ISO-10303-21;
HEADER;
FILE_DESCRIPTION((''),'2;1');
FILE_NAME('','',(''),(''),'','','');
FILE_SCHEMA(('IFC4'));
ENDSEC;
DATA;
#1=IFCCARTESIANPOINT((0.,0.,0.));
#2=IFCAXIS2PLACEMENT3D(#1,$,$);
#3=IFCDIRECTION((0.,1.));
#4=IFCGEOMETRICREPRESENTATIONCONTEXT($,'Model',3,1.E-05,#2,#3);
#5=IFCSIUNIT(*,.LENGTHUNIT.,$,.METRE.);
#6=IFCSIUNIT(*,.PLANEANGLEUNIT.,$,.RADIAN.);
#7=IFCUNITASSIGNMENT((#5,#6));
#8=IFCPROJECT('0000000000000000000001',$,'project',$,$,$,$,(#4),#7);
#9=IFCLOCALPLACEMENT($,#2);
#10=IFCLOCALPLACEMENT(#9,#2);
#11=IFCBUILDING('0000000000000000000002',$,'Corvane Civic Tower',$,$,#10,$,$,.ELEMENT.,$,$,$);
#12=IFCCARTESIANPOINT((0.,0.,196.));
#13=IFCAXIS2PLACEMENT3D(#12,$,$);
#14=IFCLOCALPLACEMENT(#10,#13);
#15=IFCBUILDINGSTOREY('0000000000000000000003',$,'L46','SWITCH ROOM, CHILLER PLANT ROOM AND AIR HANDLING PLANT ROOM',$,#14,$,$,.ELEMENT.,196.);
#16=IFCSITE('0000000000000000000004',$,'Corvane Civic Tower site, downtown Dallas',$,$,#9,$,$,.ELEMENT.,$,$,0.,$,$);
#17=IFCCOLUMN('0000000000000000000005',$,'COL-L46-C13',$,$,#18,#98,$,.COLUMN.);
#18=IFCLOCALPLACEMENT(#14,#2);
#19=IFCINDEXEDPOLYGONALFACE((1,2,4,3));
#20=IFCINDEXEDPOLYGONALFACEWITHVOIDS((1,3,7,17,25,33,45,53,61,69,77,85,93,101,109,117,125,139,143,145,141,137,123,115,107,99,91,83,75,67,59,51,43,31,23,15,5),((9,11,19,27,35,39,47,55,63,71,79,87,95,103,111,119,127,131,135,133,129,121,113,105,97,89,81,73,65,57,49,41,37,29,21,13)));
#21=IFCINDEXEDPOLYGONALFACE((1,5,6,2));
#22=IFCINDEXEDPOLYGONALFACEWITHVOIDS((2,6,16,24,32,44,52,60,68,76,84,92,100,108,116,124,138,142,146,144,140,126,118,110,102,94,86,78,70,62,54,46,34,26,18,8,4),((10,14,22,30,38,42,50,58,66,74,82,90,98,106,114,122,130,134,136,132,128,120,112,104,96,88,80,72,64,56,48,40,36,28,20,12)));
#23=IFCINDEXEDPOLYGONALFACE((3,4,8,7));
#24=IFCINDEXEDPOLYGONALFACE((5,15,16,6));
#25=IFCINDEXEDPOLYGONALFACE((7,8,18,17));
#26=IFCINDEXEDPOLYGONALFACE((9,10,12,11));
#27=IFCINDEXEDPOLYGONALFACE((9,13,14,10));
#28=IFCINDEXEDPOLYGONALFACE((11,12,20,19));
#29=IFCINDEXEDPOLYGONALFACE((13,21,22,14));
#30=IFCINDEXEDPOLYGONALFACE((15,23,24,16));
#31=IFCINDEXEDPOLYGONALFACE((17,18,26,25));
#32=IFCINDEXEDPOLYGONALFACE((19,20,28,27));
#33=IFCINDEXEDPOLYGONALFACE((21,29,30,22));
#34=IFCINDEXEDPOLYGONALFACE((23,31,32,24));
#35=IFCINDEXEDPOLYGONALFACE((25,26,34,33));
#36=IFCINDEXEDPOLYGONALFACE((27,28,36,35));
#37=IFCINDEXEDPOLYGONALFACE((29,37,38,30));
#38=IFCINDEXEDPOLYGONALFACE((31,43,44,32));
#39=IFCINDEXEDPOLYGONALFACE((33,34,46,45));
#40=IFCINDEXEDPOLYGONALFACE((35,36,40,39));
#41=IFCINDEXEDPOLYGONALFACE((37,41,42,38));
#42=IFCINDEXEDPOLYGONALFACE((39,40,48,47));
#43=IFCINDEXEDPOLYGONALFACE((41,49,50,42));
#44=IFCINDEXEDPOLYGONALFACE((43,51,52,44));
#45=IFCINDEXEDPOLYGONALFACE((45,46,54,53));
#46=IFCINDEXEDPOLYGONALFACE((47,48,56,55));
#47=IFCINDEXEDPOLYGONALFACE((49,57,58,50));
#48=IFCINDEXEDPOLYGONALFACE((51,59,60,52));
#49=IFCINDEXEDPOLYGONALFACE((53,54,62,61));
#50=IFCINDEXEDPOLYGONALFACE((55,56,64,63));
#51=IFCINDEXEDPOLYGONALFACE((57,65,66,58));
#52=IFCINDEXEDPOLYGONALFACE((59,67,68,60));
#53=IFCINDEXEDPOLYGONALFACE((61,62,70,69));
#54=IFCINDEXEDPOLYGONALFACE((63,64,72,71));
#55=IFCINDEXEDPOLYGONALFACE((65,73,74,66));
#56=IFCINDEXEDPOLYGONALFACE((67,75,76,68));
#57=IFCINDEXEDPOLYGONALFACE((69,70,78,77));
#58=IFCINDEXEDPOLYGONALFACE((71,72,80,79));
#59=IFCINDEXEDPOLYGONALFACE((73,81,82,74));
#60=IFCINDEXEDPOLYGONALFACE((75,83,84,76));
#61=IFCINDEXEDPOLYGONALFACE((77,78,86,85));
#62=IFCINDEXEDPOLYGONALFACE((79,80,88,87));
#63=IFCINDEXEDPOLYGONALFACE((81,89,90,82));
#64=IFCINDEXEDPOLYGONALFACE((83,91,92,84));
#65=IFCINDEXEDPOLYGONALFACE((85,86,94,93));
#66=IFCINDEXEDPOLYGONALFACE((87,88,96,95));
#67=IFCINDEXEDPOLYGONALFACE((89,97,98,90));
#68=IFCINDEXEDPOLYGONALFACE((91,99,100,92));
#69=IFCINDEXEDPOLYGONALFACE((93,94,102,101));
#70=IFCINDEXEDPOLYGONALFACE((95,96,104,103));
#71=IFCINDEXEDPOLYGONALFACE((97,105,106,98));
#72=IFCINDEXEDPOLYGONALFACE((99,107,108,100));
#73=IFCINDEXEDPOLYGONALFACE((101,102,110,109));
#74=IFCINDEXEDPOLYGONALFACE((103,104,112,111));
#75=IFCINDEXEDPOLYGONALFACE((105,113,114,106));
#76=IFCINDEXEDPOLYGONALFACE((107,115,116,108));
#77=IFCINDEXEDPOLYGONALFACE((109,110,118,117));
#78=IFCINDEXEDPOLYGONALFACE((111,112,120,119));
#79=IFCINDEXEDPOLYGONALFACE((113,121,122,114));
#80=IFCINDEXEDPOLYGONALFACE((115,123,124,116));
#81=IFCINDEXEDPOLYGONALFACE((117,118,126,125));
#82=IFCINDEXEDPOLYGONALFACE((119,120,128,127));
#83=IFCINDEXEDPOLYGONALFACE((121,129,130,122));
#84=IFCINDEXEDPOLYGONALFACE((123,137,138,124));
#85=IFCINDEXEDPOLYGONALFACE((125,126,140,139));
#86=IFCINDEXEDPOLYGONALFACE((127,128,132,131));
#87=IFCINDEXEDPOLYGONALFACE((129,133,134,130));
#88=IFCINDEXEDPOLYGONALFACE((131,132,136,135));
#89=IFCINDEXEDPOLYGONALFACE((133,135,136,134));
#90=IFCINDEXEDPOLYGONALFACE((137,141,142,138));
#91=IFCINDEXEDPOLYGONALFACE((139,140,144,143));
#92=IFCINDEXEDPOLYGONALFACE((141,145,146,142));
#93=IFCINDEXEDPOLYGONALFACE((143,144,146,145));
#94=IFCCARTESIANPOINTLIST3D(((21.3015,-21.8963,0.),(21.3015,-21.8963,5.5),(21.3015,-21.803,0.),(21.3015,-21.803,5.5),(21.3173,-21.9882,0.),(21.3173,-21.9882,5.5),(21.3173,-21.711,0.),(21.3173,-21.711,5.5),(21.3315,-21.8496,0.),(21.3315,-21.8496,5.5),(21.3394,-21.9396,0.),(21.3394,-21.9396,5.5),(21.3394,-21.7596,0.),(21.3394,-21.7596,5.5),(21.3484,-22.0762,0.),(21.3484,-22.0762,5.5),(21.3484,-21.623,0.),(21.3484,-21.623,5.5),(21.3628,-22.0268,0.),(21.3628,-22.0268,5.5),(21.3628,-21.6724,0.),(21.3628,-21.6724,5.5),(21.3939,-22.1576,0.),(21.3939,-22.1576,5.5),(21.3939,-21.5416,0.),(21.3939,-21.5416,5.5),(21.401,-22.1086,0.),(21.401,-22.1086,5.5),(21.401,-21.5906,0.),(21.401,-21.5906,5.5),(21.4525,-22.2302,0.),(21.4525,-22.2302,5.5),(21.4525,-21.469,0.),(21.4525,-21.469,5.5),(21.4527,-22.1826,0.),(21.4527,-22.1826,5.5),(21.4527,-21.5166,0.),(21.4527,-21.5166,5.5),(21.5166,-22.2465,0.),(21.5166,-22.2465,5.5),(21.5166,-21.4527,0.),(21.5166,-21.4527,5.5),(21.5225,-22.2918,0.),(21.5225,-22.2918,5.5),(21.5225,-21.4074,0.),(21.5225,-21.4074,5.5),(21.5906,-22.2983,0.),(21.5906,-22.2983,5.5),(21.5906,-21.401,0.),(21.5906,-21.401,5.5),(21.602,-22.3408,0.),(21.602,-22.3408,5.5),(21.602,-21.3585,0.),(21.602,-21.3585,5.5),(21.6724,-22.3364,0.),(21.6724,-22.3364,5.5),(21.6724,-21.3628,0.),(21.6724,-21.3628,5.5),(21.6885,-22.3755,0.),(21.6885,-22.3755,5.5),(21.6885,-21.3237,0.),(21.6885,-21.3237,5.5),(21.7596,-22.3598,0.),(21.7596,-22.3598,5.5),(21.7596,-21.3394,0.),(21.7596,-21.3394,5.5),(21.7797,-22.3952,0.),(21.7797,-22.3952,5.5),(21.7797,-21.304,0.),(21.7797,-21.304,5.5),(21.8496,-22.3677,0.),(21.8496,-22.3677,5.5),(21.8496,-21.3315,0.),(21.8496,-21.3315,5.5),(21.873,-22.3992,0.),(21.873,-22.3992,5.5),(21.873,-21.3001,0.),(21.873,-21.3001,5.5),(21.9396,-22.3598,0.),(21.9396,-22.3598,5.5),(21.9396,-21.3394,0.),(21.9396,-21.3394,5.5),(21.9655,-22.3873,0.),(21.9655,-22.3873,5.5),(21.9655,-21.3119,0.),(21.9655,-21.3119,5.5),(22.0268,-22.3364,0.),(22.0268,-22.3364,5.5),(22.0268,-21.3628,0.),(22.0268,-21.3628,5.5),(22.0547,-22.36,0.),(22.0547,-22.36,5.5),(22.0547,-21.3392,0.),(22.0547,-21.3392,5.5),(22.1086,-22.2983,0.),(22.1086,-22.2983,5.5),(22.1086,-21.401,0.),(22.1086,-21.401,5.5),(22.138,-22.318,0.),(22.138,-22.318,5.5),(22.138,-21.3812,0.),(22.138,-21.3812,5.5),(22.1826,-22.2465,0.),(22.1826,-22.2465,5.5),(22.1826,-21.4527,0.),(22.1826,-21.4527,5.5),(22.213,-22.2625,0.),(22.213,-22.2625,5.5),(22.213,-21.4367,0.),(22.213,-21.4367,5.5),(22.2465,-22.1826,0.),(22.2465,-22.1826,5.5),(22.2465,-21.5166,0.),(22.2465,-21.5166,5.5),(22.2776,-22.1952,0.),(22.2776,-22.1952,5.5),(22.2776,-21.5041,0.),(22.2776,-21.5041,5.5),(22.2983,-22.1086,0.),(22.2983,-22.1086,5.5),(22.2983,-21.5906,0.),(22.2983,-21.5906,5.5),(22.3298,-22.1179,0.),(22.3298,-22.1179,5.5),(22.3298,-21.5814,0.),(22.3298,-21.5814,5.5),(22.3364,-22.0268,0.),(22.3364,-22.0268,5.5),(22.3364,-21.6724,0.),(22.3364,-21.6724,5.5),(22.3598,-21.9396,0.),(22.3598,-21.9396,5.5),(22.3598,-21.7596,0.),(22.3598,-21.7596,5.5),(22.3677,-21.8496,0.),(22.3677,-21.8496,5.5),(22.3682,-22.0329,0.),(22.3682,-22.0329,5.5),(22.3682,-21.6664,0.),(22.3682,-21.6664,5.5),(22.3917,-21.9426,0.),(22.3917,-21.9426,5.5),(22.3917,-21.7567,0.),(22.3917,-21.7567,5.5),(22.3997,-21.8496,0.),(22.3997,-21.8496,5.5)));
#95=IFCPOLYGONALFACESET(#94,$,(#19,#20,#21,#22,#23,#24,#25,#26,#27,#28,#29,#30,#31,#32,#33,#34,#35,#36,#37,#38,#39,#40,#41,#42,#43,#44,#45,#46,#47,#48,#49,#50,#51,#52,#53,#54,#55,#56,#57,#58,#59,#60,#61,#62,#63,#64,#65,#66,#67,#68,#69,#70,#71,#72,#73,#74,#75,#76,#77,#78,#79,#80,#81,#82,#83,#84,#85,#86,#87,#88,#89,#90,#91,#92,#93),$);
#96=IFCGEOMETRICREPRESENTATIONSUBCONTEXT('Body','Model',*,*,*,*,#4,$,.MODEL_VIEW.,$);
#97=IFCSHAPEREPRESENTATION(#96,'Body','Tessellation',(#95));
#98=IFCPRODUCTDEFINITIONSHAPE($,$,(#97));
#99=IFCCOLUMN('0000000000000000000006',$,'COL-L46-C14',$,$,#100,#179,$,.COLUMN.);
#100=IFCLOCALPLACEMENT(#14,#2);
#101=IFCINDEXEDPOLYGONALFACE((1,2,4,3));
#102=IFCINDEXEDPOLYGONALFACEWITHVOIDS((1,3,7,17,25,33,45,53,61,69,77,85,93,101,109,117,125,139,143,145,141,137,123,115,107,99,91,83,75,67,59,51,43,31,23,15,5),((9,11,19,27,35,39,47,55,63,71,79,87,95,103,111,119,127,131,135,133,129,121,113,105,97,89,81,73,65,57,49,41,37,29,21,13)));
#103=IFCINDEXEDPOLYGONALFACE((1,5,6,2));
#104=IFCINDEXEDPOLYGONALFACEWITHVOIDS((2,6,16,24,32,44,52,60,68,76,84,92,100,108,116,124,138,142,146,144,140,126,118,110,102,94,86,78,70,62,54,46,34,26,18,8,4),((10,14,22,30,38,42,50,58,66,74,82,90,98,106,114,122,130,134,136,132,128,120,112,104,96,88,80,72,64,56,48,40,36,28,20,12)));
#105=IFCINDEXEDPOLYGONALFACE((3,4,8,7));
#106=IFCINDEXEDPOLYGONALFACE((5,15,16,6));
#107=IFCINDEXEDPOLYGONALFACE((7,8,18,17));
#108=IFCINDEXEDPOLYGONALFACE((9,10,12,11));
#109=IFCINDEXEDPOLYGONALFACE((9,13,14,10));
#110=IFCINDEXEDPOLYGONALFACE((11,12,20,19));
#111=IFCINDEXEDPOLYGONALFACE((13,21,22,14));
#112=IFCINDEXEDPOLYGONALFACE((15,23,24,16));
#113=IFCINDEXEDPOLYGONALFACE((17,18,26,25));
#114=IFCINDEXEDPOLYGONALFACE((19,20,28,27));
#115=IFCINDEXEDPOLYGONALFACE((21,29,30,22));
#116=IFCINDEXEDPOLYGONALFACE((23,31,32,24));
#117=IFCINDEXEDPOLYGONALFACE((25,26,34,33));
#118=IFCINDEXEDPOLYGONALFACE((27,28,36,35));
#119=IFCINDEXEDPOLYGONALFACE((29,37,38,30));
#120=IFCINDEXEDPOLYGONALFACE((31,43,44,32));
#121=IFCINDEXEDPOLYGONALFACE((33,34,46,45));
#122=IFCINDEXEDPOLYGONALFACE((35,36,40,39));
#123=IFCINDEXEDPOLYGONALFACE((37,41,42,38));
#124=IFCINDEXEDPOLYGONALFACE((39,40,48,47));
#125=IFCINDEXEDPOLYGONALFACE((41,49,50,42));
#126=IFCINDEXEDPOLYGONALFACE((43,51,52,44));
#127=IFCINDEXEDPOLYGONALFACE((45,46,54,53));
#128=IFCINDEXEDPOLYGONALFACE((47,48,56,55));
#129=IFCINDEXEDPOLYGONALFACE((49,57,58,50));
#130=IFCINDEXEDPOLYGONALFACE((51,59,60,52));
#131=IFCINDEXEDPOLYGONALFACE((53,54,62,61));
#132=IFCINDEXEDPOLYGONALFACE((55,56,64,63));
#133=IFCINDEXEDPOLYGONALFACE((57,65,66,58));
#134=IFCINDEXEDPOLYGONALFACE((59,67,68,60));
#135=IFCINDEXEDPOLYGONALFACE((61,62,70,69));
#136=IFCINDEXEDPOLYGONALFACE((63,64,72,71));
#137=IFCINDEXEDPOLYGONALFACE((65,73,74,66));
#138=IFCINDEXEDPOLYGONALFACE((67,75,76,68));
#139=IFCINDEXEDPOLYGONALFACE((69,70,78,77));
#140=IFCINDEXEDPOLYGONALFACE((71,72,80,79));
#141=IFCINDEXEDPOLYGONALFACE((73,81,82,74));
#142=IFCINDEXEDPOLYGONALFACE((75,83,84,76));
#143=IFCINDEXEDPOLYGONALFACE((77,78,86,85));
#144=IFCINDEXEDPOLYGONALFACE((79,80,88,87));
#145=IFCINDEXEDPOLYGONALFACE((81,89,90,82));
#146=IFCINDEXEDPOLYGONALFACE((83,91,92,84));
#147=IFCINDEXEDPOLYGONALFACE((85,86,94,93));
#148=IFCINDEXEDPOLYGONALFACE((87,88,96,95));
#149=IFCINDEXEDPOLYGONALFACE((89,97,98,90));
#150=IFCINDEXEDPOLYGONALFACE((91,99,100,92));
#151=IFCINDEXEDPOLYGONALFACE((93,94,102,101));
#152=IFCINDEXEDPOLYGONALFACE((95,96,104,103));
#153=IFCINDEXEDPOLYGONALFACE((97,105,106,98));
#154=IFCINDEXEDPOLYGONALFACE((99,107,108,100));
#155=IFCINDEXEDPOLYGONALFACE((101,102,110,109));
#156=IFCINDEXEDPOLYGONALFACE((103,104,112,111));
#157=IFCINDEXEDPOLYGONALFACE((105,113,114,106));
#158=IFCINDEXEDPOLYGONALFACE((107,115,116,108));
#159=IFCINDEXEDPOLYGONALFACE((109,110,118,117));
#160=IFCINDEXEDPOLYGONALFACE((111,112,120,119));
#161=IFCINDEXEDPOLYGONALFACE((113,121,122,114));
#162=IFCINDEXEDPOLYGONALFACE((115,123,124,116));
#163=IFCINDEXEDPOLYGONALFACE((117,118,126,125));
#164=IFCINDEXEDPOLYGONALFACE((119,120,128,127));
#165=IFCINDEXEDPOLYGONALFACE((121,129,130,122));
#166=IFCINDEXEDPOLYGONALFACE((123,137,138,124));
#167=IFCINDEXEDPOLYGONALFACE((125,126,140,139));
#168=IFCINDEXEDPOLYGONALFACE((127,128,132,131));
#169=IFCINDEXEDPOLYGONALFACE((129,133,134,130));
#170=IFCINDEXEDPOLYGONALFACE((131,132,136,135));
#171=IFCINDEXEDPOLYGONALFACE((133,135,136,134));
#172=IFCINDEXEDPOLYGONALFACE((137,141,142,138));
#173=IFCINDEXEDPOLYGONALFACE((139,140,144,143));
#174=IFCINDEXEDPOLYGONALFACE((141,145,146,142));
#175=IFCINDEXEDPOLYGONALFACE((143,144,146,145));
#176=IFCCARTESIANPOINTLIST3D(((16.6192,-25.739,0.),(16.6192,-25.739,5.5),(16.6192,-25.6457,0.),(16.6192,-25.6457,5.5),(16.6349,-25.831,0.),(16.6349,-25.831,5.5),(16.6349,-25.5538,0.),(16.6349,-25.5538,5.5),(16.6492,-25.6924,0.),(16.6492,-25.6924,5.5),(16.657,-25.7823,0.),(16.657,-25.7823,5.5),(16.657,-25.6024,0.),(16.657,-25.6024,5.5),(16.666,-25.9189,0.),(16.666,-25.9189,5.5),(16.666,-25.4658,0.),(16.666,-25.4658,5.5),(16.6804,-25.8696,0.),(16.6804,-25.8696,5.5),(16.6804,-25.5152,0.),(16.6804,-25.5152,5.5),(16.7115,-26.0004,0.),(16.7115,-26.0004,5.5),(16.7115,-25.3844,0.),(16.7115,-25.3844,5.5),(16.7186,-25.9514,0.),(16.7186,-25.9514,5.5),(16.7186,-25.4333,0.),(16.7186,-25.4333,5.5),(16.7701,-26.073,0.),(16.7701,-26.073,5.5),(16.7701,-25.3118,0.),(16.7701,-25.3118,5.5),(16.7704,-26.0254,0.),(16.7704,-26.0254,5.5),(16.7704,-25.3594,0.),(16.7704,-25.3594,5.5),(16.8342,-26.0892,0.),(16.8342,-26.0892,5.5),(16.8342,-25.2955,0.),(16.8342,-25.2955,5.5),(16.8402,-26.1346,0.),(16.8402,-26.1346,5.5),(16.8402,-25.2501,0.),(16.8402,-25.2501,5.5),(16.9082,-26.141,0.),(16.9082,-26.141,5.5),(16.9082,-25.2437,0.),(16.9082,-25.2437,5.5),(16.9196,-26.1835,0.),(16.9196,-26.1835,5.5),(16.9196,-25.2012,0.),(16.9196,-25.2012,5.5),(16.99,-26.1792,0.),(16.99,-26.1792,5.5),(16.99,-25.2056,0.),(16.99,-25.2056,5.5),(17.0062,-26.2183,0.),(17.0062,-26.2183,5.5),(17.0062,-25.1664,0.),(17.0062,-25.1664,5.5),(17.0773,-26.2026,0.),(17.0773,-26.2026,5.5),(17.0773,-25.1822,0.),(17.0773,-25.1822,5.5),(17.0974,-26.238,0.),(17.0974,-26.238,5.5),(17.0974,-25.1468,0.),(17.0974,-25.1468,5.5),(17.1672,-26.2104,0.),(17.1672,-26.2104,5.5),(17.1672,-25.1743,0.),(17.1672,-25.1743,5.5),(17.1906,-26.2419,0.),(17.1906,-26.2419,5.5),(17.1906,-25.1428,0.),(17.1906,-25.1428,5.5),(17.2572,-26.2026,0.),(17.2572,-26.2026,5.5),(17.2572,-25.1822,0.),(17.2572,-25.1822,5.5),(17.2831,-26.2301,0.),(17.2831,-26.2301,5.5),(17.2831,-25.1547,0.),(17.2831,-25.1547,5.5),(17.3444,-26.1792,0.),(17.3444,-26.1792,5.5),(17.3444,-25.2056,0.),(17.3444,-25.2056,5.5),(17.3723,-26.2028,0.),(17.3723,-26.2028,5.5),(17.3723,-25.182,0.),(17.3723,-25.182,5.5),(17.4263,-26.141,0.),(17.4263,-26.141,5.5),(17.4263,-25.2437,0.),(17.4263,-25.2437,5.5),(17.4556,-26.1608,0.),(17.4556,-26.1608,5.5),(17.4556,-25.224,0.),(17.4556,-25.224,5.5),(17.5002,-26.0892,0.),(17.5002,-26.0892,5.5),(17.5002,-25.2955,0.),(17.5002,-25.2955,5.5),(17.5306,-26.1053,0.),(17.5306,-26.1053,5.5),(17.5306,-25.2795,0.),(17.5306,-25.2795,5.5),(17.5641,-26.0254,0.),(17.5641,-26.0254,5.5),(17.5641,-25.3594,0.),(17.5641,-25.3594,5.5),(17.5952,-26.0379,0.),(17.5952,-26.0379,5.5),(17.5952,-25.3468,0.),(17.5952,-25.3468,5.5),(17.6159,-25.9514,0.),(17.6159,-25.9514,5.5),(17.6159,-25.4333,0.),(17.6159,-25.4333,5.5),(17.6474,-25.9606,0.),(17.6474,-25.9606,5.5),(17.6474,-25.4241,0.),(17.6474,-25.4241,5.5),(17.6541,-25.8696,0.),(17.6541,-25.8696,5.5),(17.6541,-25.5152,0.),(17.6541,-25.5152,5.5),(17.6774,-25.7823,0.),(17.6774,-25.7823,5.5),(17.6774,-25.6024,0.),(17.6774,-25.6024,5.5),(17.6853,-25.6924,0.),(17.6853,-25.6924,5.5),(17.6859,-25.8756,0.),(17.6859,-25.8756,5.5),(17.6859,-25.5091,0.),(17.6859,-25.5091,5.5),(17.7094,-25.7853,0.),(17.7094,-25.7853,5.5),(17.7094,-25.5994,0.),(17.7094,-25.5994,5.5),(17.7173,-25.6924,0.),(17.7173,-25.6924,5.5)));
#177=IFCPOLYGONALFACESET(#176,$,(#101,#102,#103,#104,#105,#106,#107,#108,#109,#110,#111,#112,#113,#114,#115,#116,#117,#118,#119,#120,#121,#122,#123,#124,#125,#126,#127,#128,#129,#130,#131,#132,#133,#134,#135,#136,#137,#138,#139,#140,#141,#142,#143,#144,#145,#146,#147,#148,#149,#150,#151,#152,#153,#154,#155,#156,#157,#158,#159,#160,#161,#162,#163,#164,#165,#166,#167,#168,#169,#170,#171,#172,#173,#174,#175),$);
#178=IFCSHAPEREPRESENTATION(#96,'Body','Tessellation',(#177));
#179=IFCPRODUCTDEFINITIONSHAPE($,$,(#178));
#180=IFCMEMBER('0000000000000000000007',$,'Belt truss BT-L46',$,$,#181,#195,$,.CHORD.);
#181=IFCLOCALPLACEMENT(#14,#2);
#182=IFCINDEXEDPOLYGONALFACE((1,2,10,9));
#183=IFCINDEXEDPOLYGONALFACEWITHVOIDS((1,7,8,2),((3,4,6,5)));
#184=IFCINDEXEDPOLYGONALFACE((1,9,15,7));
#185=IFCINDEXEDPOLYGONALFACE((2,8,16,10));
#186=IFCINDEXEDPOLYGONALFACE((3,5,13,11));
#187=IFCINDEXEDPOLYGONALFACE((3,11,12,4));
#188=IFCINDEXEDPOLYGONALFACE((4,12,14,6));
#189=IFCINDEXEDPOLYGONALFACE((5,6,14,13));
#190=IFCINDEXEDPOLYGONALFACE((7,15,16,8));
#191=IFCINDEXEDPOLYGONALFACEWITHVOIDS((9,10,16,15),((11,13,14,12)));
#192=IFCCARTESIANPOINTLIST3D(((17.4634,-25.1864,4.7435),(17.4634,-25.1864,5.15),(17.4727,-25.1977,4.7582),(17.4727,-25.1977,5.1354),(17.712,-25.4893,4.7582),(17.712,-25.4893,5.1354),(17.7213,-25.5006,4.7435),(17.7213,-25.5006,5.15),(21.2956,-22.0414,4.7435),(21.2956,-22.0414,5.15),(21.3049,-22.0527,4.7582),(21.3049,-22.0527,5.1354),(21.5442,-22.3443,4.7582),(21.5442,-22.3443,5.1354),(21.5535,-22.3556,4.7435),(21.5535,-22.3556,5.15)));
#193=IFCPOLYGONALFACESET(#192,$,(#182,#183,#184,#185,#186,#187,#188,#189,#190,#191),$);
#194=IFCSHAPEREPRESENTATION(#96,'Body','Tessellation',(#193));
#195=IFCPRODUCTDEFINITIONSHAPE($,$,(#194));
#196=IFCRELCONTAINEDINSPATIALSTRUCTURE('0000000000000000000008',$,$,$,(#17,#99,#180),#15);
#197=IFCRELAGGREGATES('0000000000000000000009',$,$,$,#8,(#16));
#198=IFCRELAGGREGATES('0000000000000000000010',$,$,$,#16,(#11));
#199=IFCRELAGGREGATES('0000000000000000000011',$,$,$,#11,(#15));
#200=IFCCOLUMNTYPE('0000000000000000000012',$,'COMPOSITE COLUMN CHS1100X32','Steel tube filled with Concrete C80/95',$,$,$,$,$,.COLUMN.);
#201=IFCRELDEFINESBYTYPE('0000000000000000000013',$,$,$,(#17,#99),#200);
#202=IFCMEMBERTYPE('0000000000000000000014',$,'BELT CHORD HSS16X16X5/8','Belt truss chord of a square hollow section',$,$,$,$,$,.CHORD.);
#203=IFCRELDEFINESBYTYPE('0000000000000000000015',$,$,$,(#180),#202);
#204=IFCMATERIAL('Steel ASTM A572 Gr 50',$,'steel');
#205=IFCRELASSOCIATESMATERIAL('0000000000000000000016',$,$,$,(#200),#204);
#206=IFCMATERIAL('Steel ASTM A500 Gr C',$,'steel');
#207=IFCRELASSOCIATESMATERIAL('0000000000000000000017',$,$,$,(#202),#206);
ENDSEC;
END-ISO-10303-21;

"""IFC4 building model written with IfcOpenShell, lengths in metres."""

from ifc_helpers import new_model, si_unit, direction, frame, origin, origin_2d, place, context, subcontext, project, spatial, hollow_rectangle, hollow_circle, extrude, material, material_profile, profile_set, type_object, element, save


model = new_model("IFC4")

# Units and contexts
model_context = context("Model", 3, precision=1e-05, world=origin(), true_north=direction((0.0, 1.0)))
body_context = subcontext(model_context, "Body", "Model", "MODEL_VIEW")
ifc_project = project(units=[si_unit("LENGTHUNIT", "METRE"), si_unit("PLANEANGLEUNIT", "RADIAN")], contexts=[model_context])

# Site, building, storey
site_placement = place(None, origin())
site = spatial("IfcSite", under=ifc_project, at=site_placement, Name="Corvane Civic Tower site, downtown Dallas", CompositionType="ELEMENT", RefElevation=0.0)
building_placement = place(site_placement, origin())
building = spatial("IfcBuilding", under=site, at=building_placement, Name="Corvane Civic Tower", CompositionType="ELEMENT")
storey_placement = place(building_placement, frame((0.0, 0.0, 196.0)))
storey = spatial("IfcBuildingStorey", under=building, at=storey_placement, Name="L46", Description="SWITCH ROOM, CHILLER PLANT ROOM AND AIR HANDLING PLANT ROOM", CompositionType="ELEMENT", Elevation=196.0)

# Columns
ifc_material_1 = material(Name="Steel ASTM A572 Gr 50", Category="steel")
ifc_material_profile_1 = material_profile(ifc_material_1, hollow_circle(Radius=0.55, WallThickness=0.032, at=origin_2d()), Name="CHS1100X32")
ifc_profile_set_1 = profile_set([ifc_material_profile_1], Name="Steel ASTM A572 Gr 50")
column_type = type_object("IfcColumnType", Name="COMPOSITE COLUMN CHS1100X32", Description="Steel tube filled with Concrete C80/95", PredefinedType="COLUMN", material=ifc_profile_set_1)
for number, where, z_axis, x_axis, name in (
    (1, (21.8496, -21.8496, 0.0), (0.0, 0.0, 1.0), (1.0, 0.0, 0.0), "COL-L46-C13"),
    (2, (17.1672, -25.6924, 0.0), (0.0, 0.0, 1.0), (1.0, 0.0, 0.0), "COL-L46-C14"),
):
    element("IfcColumn", number, at=place(storey_placement, frame(where, z_axis=z_axis, x_axis=x_axis)), inside=storey, type_object=column_type, Name=name, PredefinedType="COLUMN", context=body_context, shape_type="SweptSolid", body=[
        extrude(hollow_circle(Radius=0.55, WallThickness=0.032, at=origin_2d()), origin(), (0.0, 0.0, 1.0), 5.5),
    ])

# Member
ifc_material_2 = material(Name="Steel ASTM A500 Gr C", Category="steel")
ifc_material_profile_2 = material_profile(ifc_material_2, hollow_rectangle(XDim=0.4065, YDim=0.4065, WallThickness=0.0146, at=origin_2d()), Name="HSS16X16X5/8")
ifc_profile_set_2 = profile_set([ifc_material_profile_2], Name="Steel ASTM A500 Gr C")
member_type_1 = type_object("IfcMemberType", Name="BELT CHORD HSS16X16X5/8", Description="Belt truss chord of a square hollow section", PredefinedType="CHORD", material=ifc_profile_set_2)
for number, where, z_axis, x_axis, name in (
    (3, (21.4246, -22.1985, 4.9468), (-0.773015, -0.634388, 0.0), (0.634388, -0.773015, 0.0), "Belt truss BT-L46"),
):
    element("IfcMember", number, at=place(storey_placement, frame(where, z_axis=z_axis, x_axis=x_axis)), inside=storey, type_object=member_type_1, Name=name, PredefinedType="CHORD", context=body_context, shape_type="SweptSolid", body=[
        extrude(hollow_rectangle(XDim=0.4065, YDim=0.4065, WallThickness=0.0146, at=origin_2d()), origin(), (0.0, 0.0, 1.0), 4.9575),
    ])

save(model, "model.ifc")
